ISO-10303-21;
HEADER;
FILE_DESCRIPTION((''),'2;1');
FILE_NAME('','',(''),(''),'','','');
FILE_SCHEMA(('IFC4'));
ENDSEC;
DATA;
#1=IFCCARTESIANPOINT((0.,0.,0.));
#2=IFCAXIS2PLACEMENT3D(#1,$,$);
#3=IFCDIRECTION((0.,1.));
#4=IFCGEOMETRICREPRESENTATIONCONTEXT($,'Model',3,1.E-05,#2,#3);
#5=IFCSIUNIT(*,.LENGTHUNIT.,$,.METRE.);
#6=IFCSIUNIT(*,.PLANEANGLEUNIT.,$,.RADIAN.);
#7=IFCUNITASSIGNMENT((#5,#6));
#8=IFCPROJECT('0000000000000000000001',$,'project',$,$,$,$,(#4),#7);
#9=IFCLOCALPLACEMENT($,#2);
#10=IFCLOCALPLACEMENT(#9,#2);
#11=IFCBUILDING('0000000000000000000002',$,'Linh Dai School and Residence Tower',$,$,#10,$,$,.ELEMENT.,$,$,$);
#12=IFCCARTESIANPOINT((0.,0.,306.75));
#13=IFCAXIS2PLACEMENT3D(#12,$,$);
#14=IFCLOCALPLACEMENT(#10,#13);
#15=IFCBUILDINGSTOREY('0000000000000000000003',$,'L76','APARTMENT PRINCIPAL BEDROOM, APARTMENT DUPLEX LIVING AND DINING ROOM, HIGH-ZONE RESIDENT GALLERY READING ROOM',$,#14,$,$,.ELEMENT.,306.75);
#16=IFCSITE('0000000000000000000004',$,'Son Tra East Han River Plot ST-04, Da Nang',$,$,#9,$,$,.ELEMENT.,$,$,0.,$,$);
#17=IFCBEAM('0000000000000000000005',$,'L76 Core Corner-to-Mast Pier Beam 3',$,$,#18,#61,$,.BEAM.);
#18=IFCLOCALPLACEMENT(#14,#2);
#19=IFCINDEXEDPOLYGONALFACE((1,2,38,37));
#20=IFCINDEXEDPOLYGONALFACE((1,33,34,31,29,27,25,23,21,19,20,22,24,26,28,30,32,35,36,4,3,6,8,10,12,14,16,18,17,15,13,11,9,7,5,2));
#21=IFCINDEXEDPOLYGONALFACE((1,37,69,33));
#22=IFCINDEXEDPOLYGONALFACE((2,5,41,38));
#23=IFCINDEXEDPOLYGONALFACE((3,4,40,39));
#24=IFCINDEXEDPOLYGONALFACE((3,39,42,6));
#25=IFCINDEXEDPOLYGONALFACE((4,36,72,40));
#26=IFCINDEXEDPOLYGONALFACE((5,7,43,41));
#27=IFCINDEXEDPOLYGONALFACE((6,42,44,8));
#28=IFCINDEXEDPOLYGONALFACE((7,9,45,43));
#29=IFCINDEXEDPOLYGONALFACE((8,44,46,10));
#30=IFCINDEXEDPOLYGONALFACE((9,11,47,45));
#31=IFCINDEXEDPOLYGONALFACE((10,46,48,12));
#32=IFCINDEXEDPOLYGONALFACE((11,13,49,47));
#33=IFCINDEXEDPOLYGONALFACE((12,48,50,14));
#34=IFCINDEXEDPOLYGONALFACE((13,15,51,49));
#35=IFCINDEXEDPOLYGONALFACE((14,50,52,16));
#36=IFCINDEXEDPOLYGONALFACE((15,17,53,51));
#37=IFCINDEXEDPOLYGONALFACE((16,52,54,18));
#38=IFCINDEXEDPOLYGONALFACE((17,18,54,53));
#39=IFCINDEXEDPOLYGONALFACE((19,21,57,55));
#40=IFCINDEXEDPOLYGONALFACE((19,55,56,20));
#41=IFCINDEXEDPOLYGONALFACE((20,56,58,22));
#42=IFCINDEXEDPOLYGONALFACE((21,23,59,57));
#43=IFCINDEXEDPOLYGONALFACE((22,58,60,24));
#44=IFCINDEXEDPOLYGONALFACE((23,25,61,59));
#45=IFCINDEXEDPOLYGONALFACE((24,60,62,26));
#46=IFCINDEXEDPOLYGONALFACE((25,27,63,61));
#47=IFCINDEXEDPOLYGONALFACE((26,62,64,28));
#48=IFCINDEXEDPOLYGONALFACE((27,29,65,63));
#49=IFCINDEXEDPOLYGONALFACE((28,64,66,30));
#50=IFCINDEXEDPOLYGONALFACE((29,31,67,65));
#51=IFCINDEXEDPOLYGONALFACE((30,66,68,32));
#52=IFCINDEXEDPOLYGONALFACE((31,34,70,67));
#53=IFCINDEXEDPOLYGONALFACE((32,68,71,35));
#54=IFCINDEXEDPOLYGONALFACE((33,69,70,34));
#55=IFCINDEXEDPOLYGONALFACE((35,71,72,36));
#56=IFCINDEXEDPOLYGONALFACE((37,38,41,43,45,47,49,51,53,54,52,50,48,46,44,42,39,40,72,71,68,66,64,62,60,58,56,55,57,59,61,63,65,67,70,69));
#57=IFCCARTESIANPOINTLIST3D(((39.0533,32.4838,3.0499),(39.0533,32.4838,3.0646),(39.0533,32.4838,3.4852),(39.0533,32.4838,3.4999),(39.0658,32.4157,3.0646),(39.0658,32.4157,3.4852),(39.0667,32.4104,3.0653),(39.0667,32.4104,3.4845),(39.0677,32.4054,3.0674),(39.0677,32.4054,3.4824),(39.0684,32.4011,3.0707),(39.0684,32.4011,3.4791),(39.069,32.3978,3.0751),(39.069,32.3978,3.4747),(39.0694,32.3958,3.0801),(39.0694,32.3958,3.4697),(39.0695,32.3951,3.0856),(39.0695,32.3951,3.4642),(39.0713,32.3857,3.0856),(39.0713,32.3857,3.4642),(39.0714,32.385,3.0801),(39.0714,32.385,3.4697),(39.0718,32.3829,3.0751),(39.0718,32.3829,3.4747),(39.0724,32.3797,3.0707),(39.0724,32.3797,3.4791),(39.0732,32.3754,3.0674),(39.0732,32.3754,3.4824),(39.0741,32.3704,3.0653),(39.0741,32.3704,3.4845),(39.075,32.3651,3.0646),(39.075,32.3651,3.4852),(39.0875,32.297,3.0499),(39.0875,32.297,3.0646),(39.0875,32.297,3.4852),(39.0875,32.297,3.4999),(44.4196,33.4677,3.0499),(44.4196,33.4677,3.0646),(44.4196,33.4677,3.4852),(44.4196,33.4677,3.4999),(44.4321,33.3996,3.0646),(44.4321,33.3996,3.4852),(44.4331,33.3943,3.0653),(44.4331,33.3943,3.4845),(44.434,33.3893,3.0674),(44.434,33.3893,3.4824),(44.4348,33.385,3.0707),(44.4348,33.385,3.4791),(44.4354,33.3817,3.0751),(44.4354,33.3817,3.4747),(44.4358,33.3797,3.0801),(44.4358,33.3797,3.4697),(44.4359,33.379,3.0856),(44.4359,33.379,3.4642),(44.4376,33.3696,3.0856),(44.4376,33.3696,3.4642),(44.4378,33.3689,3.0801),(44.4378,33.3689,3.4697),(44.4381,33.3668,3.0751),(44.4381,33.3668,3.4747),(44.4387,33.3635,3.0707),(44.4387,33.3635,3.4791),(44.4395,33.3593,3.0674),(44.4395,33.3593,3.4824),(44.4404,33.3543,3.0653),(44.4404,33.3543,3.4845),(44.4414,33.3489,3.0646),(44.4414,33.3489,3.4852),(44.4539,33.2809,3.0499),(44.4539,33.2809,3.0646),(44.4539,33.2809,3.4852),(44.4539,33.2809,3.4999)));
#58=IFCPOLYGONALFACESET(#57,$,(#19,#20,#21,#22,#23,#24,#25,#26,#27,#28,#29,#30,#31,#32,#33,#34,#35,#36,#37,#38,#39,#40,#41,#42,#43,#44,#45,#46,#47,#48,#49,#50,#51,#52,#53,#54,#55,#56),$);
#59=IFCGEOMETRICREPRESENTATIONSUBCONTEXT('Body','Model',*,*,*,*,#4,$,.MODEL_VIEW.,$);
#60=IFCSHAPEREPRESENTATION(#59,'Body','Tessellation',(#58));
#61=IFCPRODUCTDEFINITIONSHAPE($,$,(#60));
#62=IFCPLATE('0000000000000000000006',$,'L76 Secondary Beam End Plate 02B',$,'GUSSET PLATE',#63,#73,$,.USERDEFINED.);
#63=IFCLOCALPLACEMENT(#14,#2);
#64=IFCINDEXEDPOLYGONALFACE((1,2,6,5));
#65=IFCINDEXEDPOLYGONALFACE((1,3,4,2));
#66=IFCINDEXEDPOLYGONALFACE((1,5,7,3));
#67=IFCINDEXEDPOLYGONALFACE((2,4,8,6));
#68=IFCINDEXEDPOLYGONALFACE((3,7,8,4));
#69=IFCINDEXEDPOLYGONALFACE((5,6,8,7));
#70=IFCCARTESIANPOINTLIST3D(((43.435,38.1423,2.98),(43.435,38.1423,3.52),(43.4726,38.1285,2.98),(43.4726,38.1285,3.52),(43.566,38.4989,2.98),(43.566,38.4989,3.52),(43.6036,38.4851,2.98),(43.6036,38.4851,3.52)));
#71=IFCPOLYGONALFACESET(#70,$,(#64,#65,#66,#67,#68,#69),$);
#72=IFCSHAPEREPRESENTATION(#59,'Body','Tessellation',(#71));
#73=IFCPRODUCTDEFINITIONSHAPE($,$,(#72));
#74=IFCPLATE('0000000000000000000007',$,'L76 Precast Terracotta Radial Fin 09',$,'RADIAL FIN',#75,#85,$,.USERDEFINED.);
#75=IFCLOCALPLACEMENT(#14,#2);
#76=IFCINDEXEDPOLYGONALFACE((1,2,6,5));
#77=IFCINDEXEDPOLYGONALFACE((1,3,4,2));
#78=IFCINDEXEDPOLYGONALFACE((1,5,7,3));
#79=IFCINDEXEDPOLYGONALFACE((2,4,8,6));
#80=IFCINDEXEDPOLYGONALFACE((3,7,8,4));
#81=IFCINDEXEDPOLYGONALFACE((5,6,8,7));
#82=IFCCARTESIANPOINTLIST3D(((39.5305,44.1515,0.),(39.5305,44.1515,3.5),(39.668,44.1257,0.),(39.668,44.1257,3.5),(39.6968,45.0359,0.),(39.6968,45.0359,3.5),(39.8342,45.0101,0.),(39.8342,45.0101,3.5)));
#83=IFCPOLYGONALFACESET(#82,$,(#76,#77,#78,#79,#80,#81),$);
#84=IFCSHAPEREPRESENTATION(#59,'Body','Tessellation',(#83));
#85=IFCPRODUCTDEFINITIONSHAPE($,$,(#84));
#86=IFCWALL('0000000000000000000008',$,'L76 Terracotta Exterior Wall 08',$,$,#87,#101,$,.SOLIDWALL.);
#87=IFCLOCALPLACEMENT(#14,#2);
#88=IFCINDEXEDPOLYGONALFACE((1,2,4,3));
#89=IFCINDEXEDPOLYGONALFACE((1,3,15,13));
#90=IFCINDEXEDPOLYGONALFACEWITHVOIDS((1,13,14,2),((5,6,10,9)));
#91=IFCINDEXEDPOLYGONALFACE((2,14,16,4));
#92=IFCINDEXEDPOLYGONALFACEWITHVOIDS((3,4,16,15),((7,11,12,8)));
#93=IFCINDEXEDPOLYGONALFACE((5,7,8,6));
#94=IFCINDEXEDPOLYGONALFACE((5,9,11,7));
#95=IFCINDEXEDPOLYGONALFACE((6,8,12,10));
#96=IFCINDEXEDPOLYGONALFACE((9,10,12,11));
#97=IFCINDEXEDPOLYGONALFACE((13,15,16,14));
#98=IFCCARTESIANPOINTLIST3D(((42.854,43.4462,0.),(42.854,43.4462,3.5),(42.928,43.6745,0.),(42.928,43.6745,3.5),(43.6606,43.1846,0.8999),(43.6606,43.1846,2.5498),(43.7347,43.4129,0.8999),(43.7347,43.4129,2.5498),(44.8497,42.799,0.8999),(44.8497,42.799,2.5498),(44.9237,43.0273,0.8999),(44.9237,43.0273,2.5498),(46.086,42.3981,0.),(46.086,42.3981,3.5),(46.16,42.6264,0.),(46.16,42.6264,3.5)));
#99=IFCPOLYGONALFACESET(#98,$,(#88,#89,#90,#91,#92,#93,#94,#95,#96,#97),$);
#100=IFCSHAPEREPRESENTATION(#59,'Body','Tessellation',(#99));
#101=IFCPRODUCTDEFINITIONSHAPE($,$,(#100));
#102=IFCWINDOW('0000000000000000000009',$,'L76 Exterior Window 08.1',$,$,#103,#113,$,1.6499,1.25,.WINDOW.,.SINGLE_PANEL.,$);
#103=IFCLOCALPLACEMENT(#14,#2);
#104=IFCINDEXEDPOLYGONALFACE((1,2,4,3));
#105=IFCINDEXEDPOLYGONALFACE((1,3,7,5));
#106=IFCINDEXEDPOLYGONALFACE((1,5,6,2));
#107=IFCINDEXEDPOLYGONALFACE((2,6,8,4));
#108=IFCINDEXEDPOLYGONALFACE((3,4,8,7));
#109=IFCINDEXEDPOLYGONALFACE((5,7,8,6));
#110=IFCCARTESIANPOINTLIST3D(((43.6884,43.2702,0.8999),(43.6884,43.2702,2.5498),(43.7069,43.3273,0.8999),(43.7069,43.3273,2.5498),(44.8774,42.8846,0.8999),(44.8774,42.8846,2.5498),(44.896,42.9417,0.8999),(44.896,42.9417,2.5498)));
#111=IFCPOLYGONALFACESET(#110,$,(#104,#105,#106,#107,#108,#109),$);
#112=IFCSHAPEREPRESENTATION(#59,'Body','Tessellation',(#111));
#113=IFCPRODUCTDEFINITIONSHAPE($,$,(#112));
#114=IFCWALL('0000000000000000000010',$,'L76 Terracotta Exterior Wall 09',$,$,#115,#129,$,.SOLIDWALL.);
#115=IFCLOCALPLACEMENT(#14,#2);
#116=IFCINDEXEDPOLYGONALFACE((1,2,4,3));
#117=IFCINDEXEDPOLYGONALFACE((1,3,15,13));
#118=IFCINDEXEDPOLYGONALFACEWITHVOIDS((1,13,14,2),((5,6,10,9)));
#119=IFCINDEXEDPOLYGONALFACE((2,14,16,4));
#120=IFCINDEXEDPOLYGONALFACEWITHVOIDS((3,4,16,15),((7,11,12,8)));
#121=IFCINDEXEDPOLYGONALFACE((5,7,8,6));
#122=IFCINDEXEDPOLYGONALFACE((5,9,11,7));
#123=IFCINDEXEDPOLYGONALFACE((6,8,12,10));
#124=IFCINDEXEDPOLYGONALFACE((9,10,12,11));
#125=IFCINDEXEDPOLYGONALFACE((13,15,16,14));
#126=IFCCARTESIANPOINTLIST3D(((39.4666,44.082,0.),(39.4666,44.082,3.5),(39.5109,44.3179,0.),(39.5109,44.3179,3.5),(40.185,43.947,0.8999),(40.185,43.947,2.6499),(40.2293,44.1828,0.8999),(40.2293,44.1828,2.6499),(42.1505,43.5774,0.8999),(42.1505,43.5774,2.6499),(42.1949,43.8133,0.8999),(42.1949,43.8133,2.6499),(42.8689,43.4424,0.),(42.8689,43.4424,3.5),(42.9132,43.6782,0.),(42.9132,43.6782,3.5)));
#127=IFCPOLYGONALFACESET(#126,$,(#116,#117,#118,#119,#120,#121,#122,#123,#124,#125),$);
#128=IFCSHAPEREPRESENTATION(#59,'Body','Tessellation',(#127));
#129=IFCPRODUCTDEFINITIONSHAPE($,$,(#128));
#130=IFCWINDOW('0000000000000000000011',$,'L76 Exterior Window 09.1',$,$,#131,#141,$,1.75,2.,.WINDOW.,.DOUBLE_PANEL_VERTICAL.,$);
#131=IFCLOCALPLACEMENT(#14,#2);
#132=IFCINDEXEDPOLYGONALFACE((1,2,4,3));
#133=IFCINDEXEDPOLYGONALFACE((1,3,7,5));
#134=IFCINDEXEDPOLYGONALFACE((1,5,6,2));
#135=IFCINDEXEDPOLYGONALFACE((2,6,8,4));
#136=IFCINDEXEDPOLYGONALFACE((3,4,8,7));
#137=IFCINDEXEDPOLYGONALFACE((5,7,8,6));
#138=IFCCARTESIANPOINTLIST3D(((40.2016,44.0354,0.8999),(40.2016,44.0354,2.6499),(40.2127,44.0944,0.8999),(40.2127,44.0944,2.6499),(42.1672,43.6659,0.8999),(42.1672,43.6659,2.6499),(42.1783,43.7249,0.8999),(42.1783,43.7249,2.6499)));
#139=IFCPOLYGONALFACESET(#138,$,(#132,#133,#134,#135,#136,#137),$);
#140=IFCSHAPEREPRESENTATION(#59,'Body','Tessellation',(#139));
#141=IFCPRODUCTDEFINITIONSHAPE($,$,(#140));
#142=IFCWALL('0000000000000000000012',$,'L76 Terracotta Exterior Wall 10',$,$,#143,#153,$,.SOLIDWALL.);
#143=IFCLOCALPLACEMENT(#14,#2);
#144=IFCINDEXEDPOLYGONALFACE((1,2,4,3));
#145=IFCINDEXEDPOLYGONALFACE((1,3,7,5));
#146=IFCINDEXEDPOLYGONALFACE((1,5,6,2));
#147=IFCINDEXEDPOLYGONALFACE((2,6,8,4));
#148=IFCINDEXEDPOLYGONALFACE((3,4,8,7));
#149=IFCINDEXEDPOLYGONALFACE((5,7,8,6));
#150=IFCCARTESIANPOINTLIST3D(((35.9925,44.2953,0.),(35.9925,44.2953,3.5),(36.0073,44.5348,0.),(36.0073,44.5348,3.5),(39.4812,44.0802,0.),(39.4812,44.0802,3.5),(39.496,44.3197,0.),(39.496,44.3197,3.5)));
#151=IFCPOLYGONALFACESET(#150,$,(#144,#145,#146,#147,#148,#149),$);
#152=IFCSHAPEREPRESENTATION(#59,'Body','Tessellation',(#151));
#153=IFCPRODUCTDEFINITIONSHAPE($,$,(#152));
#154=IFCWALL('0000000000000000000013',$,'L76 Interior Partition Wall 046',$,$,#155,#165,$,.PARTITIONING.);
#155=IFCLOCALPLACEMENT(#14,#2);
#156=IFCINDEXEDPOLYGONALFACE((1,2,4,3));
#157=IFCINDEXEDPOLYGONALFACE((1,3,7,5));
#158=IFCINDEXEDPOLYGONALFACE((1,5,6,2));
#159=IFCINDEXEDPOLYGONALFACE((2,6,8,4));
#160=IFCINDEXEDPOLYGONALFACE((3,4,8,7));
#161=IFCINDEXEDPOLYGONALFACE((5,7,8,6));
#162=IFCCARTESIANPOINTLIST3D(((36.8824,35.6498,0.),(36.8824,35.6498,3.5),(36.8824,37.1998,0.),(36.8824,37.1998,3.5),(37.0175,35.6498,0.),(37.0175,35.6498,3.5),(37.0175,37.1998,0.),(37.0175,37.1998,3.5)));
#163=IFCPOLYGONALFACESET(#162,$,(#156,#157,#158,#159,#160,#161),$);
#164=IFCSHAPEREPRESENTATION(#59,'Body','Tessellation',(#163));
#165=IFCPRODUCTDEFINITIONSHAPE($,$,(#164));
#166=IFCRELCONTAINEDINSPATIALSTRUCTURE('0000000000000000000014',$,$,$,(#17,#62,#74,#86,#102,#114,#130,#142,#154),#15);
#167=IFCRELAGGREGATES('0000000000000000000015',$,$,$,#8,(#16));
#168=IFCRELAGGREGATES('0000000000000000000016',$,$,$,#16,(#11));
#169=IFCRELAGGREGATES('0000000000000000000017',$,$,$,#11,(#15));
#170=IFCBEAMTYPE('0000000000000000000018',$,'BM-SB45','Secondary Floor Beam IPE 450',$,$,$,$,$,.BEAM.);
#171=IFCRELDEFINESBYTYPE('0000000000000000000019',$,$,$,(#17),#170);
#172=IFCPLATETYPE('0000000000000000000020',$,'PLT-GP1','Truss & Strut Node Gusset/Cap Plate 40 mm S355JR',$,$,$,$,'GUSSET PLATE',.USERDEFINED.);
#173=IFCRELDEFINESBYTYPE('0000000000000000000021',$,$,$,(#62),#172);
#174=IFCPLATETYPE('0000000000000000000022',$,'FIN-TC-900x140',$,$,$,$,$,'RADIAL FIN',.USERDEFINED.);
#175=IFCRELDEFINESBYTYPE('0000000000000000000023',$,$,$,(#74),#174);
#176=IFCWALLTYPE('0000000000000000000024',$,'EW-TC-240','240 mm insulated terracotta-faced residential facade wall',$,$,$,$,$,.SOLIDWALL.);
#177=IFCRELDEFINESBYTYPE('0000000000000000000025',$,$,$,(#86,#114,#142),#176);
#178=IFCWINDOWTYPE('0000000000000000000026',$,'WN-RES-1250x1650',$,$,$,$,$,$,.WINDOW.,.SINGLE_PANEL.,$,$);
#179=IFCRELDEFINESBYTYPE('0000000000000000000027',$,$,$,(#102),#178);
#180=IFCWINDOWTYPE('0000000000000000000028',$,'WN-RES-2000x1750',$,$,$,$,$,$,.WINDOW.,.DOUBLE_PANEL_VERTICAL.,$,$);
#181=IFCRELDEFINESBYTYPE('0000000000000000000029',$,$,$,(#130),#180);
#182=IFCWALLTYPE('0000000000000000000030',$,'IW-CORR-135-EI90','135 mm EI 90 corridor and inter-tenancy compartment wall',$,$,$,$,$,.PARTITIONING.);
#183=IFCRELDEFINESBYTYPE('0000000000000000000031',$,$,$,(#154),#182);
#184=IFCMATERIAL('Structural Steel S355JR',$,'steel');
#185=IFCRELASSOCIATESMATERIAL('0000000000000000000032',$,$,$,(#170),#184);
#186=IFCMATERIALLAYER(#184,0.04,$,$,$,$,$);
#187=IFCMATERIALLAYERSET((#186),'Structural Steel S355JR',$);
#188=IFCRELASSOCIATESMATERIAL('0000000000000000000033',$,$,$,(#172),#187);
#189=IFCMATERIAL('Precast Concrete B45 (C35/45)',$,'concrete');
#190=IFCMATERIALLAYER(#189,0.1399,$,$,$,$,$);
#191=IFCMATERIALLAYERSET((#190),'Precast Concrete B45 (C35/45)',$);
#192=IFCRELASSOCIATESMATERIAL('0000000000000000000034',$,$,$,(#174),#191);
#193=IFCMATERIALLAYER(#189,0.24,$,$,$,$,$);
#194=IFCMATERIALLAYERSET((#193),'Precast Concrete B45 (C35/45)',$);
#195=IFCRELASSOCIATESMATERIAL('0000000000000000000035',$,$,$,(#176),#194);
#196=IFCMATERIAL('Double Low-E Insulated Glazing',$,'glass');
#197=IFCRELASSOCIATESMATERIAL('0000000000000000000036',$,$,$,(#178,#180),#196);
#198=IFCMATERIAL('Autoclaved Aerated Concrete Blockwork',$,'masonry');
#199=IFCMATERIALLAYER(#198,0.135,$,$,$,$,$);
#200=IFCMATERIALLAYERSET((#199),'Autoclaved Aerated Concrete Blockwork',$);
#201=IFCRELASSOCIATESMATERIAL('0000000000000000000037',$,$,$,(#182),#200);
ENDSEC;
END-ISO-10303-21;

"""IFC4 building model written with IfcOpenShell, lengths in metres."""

from ifc_helpers import new_model, si_unit, direction, frame, frame_2d, origin, origin_2d, place, context, subcontext, project, spatial, rectangle, i_section, extrude, source, transform, mapped, material, layer, layer_set, material_profile, profile_set, type_object, element, fill, save


model = new_model("IFC4")

# Units and contexts
model_context = context("Model", 3, precision=1e-05, world=origin(), true_north=direction((0.0, 1.0)))
body_context = subcontext(model_context, "Body", "Model", "MODEL_VIEW")
ifc_project = project(units=[si_unit("LENGTHUNIT", "METRE"), si_unit("PLANEANGLEUNIT", "RADIAN")], contexts=[model_context])

# Site, building, storey
site_placement = place(None, origin())
site = spatial("IfcSite", under=ifc_project, at=site_placement, Name="Son Tra East Han River Plot ST-04, Da Nang", CompositionType="ELEMENT", RefElevation=0.0)
building_placement = place(site_placement, origin())
building = spatial("IfcBuilding", under=site, at=building_placement, Name="Linh Dai School and Residence Tower", CompositionType="ELEMENT")
storey_placement = place(building_placement, frame((0.0, 0.0, 306.75)))
storey = spatial("IfcBuildingStorey", under=building, at=storey_placement, Name="L76", Description="APARTMENT PRINCIPAL BEDROOM, APARTMENT DUPLEX LIVING AND DINING ROOM, HIGH-ZONE RESIDENT GALLERY READING ROOM", CompositionType="ELEMENT", Elevation=306.75)

# Beam
ifc_material_1 = material(Name="Structural Steel S355JR", Category="steel")
ifc_material_profile_1 = material_profile(ifc_material_1, i_section(OverallWidth=0.1899, OverallDepth=0.45, WebThickness=0.0095, FlangeThickness=0.0146, FilletRadius=0.021, at=origin_2d()), Name="IPE 450")
ifc_profile_set_1 = profile_set([ifc_material_profile_1], Name="Structural Steel S355JR")
beam_type_1 = type_object("IfcBeamType", Name="BM-SB45", Description="Secondary Floor Beam IPE 450", PredefinedType="BEAM", material=ifc_profile_set_1)
beam_1_placement = place(storey_placement, frame((44.4368, 33.3743, 3.2749), z_axis=(-0.983605, -0.180334, 0.0), x_axis=(0.180334, -0.983605, 0.0)))
element("IfcBeam", 1, at=beam_1_placement, inside=storey, type_object=beam_type_1, Name="L76 Core Corner-to-Mast Pier Beam 3", PredefinedType="BEAM", context=body_context, shape_type="SweptSolid", body=[
    extrude(i_section(OverallWidth=0.1899, OverallDepth=0.45, WebThickness=0.0095, FlangeThickness=0.0146, FilletRadius=0.021, at=origin_2d()), origin(), (0.0, 0.0, 1.0), 5.4558),
])

# Plates
ifc_layer_1 = layer(ifc_material_1, 0.04)
ifc_layer_set_1 = layer_set([ifc_layer_1], Name="Structural Steel S355JR")
plate_type_1 = type_object("IfcPlateType", Name="PLT-GP1", Description="Truss & Strut Node Gusset/Cap Plate 40 mm S355JR", ElementType="GUSSET PLATE", PredefinedType="USERDEFINED", material=ifc_layer_set_1)
shared_shape_1 = source(origin(), body_context, "Body", "SweptSolid", [
    extrude(rectangle(XDim=0.04, YDim=0.3799, at=origin_2d()), origin(), (0.0, 0.0, 1.0), 0.54),
])
plate_1_placement = place(storey_placement, frame((43.5193, 38.3137, 2.98), z_axis=(0.0, 0.0, 1.0), x_axis=(-0.938695, 0.344748, 0.0)))
element("IfcPlate", 2, at=plate_1_placement, inside=storey, type_object=plate_type_1, Name="L76 Secondary Beam End Plate 02B", ObjectType="GUSSET PLATE", PredefinedType="USERDEFINED", context=body_context, shape_type="MappedRepresentation", body=[
    mapped(shared_shape_1, transform((0.0, 0.0, 0.0), x_axis=(1.0, 0.0, 0.0), y_axis=(0.0, 1.0, 0.0), z_axis=(0.0, 0.0, 1.0), scale=1.0)),
])
ifc_material_2 = material(Name="Precast Concrete B45 (C35/45)", Category="concrete")
ifc_layer_2 = layer(ifc_material_2, 0.1399)
ifc_layer_set_2 = layer_set([ifc_layer_2], Name="Precast Concrete B45 (C35/45)")
plate_type_2 = type_object("IfcPlateType", Name="FIN-TC-900x140", ElementType="RADIAL FIN", PredefinedType="USERDEFINED", material=ifc_layer_set_2)
shared_shape_2 = source(origin(), body_context, "Body", "SweptSolid", [
    extrude(rectangle(XDim=0.8999, YDim=0.1399, at=origin_2d()), origin(), (0.0, 0.0, 1.0), 3.5),
])
plate_2_placement = place(storey_placement, frame((39.6824, 44.5808, 0.0), z_axis=(0.0, 0.0, 1.0), x_axis=(0.184751, 0.982785, 0.0)))
element("IfcPlate", 3, at=plate_2_placement, inside=storey, type_object=plate_type_2, Name="L76 Precast Terracotta Radial Fin 09", ObjectType="RADIAL FIN", PredefinedType="USERDEFINED", context=body_context, shape_type="MappedRepresentation", body=[
    mapped(shared_shape_2, transform((0.0, 0.0, 0.0), x_axis=(1.0, 0.0, 0.0), y_axis=(0.0, 1.0, 0.0), z_axis=(0.0, 0.0, 1.0), scale=1.0)),
])

# Walls, openings, windows
ifc_layer_3 = layer(ifc_material_2, 0.24)
ifc_layer_set_3 = layer_set([ifc_layer_3], Name="Precast Concrete B45 (C35/45)")
wall_type_1 = type_object("IfcWallType", Name="EW-TC-240", Description="240 mm insulated terracotta-faced residential facade wall", PredefinedType="SOLIDWALL", material=ifc_layer_set_3)
wall_1_placement = place(storey_placement, frame((42.8911, 43.5603, 0.0), z_axis=(0.0, 0.0, 1.0), x_axis=(0.951231, -0.308478, 0.0)))
wall_1 = element("IfcWall", 4, at=wall_1_placement, inside=storey, type_object=wall_type_1, Name="L76 Terracotta Exterior Wall 08", PredefinedType="SOLIDWALL", context=body_context, shape_type="SweptSolid", body=[
    extrude(rectangle(XDim=3.3977, YDim=0.24, at=frame_2d((1.6987, 0.0))), origin(), (0.0, 0.0, 1.0), 3.5),
])
opening_1_placement = place(wall_1_placement, frame((0.8479, 0.0, 0.8999)))
opening_1 = element("IfcOpeningElement", 5, at=opening_1_placement, cuts=wall_1, PredefinedType="OPENING", context=body_context, shape_type="SweptSolid", body=[
    extrude(rectangle(XDim=1.25, YDim=1.6499, at=origin_2d()), frame((0.625, 0.1299, 0.825), z_axis=(0.0, -1.0, 0.0), x_axis=(1.0, 0.0, 0.0)), (0.0, 0.0, 1.0), 0.26),
])
ifc_material_3 = material(Name="Double Low-E Insulated Glazing", Category="glass")
window_type_1 = type_object("IfcWindowType", Name="WN-RES-1250x1650", PartitioningType="SINGLE_PANEL", PredefinedType="WINDOW", material=ifc_material_3)
shared_shape_3 = source(origin(), body_context, "Body", "SweptSolid", [
    extrude(rectangle(XDim=1.25, YDim=1.6499, at=origin_2d()), frame((0.625, 0.03, 0.825), z_axis=(0.0, -1.0, 0.0), x_axis=(1.0, 0.0, 0.0)), (0.0, 0.0, 1.0), 0.0601),
])
window_1_placement = place(opening_1_placement, origin())
window_1 = element("IfcWindow", 6, at=window_1_placement, inside=storey, type_object=window_type_1, Name="L76 Exterior Window 08.1", OverallHeight=1.6499, OverallWidth=1.25, PartitioningType="SINGLE_PANEL", PredefinedType="WINDOW", context=body_context, shape_type="MappedRepresentation", body=[
    mapped(shared_shape_3, transform((0.0, 0.0, 0.0), x_axis=(1.0, 0.0, 0.0), y_axis=(0.0, 1.0, 0.0), z_axis=(0.0, 0.0, 1.0), scale=1.0)),
])
fill(opening_1, window_1)
wall_2_placement = place(storey_placement, frame((39.4888, 44.2, 0.0), z_axis=(0.0, 0.0, 1.0), x_axis=(0.982783, -0.184765, 0.0)))
wall_2 = element("IfcWall", 7, at=wall_2_placement, inside=storey, type_object=wall_type_1, Name="L76 Terracotta Exterior Wall 09", PredefinedType="SOLIDWALL", context=body_context, shape_type="SweptSolid", body=[
    extrude(rectangle(XDim=3.4619, YDim=0.24, at=frame_2d((1.731, 0.0))), origin(), (0.0, 0.0, 1.0), 3.5),
])
opening_2_placement = place(wall_2_placement, frame((0.731, 0.0, 0.8999)))
opening_2 = element("IfcOpeningElement", 8, at=opening_2_placement, cuts=wall_2, PredefinedType="OPENING", context=body_context, shape_type="SweptSolid", body=[
    extrude(rectangle(XDim=2.0, YDim=1.75, at=origin_2d()), frame((1.0, 0.1299, 0.875), z_axis=(0.0, -1.0, 0.0), x_axis=(1.0, 0.0, 0.0)), (0.0, 0.0, 1.0), 0.26),
])
window_type_2 = type_object("IfcWindowType", Name="WN-RES-2000x1750", PartitioningType="DOUBLE_PANEL_VERTICAL", PredefinedType="WINDOW", material=ifc_material_3)
shared_shape_4 = source(origin(), body_context, "Body", "SweptSolid", [
    extrude(rectangle(XDim=2.0, YDim=1.75, at=origin_2d()), frame((1.0, 0.03, 0.875), z_axis=(0.0, -1.0, 0.0), x_axis=(1.0, 0.0, 0.0)), (0.0, 0.0, 1.0), 0.0601),
])
window_2_placement = place(opening_2_placement, origin())
window_2 = element("IfcWindow", 9, at=window_2_placement, inside=storey, type_object=window_type_2, Name="L76 Exterior Window 09.1", OverallHeight=1.75, OverallWidth=2.0, PartitioningType="DOUBLE_PANEL_VERTICAL", PredefinedType="WINDOW", context=body_context, shape_type="MappedRepresentation", body=[
    mapped(shared_shape_4, transform((0.0, 0.0, 0.0), x_axis=(1.0, 0.0, 0.0), y_axis=(0.0, 1.0, 0.0), z_axis=(0.0, 0.0, 1.0), scale=1.0)),
])
fill(opening_2, window_2)

# Walls
wall_3_placement = place(storey_placement, frame((36.0, 44.415, 0.0), z_axis=(0.0, 0.0, 1.0), x_axis=(0.998105, -0.061535, 0.0)))
element("IfcWall", 10, at=wall_3_placement, inside=storey, type_object=wall_type_1, Name="L76 Terracotta Exterior Wall 10", PredefinedType="SOLIDWALL", context=body_context, shape_type="SweptSolid", body=[
    extrude(rectangle(XDim=3.4954, YDim=0.24, at=frame_2d((1.7476, 0.0))), origin(), (0.0, 0.0, 1.0), 3.5),
])
ifc_material_4 = material(Name="Autoclaved Aerated Concrete Blockwork", Category="masonry")
ifc_layer_4 = layer(ifc_material_4, 0.135)
ifc_layer_set_4 = layer_set([ifc_layer_4], Name="Autoclaved Aerated Concrete Blockwork")
wall_type_2 = type_object("IfcWallType", Name="IW-CORR-135-EI90", Description="135 mm EI 90 corridor and inter-tenancy compartment wall", PredefinedType="PARTITIONING", material=ifc_layer_set_4)
wall_4_placement = place(storey_placement, frame((36.95, 35.6499, 0.0), z_axis=(0.0, 0.0, 1.0), x_axis=(0.0, 1.0, 0.0)))
element("IfcWall", 11, at=wall_4_placement, inside=storey, type_object=wall_type_2, Name="L76 Interior Partition Wall 046", PredefinedType="PARTITIONING", context=body_context, shape_type="SweptSolid", body=[
    extrude(rectangle(XDim=1.55, YDim=0.135, at=frame_2d((0.7749, 0.0))), origin(), (0.0, 0.0, 1.0), 3.5),
])

save(model, "model.ifc")
